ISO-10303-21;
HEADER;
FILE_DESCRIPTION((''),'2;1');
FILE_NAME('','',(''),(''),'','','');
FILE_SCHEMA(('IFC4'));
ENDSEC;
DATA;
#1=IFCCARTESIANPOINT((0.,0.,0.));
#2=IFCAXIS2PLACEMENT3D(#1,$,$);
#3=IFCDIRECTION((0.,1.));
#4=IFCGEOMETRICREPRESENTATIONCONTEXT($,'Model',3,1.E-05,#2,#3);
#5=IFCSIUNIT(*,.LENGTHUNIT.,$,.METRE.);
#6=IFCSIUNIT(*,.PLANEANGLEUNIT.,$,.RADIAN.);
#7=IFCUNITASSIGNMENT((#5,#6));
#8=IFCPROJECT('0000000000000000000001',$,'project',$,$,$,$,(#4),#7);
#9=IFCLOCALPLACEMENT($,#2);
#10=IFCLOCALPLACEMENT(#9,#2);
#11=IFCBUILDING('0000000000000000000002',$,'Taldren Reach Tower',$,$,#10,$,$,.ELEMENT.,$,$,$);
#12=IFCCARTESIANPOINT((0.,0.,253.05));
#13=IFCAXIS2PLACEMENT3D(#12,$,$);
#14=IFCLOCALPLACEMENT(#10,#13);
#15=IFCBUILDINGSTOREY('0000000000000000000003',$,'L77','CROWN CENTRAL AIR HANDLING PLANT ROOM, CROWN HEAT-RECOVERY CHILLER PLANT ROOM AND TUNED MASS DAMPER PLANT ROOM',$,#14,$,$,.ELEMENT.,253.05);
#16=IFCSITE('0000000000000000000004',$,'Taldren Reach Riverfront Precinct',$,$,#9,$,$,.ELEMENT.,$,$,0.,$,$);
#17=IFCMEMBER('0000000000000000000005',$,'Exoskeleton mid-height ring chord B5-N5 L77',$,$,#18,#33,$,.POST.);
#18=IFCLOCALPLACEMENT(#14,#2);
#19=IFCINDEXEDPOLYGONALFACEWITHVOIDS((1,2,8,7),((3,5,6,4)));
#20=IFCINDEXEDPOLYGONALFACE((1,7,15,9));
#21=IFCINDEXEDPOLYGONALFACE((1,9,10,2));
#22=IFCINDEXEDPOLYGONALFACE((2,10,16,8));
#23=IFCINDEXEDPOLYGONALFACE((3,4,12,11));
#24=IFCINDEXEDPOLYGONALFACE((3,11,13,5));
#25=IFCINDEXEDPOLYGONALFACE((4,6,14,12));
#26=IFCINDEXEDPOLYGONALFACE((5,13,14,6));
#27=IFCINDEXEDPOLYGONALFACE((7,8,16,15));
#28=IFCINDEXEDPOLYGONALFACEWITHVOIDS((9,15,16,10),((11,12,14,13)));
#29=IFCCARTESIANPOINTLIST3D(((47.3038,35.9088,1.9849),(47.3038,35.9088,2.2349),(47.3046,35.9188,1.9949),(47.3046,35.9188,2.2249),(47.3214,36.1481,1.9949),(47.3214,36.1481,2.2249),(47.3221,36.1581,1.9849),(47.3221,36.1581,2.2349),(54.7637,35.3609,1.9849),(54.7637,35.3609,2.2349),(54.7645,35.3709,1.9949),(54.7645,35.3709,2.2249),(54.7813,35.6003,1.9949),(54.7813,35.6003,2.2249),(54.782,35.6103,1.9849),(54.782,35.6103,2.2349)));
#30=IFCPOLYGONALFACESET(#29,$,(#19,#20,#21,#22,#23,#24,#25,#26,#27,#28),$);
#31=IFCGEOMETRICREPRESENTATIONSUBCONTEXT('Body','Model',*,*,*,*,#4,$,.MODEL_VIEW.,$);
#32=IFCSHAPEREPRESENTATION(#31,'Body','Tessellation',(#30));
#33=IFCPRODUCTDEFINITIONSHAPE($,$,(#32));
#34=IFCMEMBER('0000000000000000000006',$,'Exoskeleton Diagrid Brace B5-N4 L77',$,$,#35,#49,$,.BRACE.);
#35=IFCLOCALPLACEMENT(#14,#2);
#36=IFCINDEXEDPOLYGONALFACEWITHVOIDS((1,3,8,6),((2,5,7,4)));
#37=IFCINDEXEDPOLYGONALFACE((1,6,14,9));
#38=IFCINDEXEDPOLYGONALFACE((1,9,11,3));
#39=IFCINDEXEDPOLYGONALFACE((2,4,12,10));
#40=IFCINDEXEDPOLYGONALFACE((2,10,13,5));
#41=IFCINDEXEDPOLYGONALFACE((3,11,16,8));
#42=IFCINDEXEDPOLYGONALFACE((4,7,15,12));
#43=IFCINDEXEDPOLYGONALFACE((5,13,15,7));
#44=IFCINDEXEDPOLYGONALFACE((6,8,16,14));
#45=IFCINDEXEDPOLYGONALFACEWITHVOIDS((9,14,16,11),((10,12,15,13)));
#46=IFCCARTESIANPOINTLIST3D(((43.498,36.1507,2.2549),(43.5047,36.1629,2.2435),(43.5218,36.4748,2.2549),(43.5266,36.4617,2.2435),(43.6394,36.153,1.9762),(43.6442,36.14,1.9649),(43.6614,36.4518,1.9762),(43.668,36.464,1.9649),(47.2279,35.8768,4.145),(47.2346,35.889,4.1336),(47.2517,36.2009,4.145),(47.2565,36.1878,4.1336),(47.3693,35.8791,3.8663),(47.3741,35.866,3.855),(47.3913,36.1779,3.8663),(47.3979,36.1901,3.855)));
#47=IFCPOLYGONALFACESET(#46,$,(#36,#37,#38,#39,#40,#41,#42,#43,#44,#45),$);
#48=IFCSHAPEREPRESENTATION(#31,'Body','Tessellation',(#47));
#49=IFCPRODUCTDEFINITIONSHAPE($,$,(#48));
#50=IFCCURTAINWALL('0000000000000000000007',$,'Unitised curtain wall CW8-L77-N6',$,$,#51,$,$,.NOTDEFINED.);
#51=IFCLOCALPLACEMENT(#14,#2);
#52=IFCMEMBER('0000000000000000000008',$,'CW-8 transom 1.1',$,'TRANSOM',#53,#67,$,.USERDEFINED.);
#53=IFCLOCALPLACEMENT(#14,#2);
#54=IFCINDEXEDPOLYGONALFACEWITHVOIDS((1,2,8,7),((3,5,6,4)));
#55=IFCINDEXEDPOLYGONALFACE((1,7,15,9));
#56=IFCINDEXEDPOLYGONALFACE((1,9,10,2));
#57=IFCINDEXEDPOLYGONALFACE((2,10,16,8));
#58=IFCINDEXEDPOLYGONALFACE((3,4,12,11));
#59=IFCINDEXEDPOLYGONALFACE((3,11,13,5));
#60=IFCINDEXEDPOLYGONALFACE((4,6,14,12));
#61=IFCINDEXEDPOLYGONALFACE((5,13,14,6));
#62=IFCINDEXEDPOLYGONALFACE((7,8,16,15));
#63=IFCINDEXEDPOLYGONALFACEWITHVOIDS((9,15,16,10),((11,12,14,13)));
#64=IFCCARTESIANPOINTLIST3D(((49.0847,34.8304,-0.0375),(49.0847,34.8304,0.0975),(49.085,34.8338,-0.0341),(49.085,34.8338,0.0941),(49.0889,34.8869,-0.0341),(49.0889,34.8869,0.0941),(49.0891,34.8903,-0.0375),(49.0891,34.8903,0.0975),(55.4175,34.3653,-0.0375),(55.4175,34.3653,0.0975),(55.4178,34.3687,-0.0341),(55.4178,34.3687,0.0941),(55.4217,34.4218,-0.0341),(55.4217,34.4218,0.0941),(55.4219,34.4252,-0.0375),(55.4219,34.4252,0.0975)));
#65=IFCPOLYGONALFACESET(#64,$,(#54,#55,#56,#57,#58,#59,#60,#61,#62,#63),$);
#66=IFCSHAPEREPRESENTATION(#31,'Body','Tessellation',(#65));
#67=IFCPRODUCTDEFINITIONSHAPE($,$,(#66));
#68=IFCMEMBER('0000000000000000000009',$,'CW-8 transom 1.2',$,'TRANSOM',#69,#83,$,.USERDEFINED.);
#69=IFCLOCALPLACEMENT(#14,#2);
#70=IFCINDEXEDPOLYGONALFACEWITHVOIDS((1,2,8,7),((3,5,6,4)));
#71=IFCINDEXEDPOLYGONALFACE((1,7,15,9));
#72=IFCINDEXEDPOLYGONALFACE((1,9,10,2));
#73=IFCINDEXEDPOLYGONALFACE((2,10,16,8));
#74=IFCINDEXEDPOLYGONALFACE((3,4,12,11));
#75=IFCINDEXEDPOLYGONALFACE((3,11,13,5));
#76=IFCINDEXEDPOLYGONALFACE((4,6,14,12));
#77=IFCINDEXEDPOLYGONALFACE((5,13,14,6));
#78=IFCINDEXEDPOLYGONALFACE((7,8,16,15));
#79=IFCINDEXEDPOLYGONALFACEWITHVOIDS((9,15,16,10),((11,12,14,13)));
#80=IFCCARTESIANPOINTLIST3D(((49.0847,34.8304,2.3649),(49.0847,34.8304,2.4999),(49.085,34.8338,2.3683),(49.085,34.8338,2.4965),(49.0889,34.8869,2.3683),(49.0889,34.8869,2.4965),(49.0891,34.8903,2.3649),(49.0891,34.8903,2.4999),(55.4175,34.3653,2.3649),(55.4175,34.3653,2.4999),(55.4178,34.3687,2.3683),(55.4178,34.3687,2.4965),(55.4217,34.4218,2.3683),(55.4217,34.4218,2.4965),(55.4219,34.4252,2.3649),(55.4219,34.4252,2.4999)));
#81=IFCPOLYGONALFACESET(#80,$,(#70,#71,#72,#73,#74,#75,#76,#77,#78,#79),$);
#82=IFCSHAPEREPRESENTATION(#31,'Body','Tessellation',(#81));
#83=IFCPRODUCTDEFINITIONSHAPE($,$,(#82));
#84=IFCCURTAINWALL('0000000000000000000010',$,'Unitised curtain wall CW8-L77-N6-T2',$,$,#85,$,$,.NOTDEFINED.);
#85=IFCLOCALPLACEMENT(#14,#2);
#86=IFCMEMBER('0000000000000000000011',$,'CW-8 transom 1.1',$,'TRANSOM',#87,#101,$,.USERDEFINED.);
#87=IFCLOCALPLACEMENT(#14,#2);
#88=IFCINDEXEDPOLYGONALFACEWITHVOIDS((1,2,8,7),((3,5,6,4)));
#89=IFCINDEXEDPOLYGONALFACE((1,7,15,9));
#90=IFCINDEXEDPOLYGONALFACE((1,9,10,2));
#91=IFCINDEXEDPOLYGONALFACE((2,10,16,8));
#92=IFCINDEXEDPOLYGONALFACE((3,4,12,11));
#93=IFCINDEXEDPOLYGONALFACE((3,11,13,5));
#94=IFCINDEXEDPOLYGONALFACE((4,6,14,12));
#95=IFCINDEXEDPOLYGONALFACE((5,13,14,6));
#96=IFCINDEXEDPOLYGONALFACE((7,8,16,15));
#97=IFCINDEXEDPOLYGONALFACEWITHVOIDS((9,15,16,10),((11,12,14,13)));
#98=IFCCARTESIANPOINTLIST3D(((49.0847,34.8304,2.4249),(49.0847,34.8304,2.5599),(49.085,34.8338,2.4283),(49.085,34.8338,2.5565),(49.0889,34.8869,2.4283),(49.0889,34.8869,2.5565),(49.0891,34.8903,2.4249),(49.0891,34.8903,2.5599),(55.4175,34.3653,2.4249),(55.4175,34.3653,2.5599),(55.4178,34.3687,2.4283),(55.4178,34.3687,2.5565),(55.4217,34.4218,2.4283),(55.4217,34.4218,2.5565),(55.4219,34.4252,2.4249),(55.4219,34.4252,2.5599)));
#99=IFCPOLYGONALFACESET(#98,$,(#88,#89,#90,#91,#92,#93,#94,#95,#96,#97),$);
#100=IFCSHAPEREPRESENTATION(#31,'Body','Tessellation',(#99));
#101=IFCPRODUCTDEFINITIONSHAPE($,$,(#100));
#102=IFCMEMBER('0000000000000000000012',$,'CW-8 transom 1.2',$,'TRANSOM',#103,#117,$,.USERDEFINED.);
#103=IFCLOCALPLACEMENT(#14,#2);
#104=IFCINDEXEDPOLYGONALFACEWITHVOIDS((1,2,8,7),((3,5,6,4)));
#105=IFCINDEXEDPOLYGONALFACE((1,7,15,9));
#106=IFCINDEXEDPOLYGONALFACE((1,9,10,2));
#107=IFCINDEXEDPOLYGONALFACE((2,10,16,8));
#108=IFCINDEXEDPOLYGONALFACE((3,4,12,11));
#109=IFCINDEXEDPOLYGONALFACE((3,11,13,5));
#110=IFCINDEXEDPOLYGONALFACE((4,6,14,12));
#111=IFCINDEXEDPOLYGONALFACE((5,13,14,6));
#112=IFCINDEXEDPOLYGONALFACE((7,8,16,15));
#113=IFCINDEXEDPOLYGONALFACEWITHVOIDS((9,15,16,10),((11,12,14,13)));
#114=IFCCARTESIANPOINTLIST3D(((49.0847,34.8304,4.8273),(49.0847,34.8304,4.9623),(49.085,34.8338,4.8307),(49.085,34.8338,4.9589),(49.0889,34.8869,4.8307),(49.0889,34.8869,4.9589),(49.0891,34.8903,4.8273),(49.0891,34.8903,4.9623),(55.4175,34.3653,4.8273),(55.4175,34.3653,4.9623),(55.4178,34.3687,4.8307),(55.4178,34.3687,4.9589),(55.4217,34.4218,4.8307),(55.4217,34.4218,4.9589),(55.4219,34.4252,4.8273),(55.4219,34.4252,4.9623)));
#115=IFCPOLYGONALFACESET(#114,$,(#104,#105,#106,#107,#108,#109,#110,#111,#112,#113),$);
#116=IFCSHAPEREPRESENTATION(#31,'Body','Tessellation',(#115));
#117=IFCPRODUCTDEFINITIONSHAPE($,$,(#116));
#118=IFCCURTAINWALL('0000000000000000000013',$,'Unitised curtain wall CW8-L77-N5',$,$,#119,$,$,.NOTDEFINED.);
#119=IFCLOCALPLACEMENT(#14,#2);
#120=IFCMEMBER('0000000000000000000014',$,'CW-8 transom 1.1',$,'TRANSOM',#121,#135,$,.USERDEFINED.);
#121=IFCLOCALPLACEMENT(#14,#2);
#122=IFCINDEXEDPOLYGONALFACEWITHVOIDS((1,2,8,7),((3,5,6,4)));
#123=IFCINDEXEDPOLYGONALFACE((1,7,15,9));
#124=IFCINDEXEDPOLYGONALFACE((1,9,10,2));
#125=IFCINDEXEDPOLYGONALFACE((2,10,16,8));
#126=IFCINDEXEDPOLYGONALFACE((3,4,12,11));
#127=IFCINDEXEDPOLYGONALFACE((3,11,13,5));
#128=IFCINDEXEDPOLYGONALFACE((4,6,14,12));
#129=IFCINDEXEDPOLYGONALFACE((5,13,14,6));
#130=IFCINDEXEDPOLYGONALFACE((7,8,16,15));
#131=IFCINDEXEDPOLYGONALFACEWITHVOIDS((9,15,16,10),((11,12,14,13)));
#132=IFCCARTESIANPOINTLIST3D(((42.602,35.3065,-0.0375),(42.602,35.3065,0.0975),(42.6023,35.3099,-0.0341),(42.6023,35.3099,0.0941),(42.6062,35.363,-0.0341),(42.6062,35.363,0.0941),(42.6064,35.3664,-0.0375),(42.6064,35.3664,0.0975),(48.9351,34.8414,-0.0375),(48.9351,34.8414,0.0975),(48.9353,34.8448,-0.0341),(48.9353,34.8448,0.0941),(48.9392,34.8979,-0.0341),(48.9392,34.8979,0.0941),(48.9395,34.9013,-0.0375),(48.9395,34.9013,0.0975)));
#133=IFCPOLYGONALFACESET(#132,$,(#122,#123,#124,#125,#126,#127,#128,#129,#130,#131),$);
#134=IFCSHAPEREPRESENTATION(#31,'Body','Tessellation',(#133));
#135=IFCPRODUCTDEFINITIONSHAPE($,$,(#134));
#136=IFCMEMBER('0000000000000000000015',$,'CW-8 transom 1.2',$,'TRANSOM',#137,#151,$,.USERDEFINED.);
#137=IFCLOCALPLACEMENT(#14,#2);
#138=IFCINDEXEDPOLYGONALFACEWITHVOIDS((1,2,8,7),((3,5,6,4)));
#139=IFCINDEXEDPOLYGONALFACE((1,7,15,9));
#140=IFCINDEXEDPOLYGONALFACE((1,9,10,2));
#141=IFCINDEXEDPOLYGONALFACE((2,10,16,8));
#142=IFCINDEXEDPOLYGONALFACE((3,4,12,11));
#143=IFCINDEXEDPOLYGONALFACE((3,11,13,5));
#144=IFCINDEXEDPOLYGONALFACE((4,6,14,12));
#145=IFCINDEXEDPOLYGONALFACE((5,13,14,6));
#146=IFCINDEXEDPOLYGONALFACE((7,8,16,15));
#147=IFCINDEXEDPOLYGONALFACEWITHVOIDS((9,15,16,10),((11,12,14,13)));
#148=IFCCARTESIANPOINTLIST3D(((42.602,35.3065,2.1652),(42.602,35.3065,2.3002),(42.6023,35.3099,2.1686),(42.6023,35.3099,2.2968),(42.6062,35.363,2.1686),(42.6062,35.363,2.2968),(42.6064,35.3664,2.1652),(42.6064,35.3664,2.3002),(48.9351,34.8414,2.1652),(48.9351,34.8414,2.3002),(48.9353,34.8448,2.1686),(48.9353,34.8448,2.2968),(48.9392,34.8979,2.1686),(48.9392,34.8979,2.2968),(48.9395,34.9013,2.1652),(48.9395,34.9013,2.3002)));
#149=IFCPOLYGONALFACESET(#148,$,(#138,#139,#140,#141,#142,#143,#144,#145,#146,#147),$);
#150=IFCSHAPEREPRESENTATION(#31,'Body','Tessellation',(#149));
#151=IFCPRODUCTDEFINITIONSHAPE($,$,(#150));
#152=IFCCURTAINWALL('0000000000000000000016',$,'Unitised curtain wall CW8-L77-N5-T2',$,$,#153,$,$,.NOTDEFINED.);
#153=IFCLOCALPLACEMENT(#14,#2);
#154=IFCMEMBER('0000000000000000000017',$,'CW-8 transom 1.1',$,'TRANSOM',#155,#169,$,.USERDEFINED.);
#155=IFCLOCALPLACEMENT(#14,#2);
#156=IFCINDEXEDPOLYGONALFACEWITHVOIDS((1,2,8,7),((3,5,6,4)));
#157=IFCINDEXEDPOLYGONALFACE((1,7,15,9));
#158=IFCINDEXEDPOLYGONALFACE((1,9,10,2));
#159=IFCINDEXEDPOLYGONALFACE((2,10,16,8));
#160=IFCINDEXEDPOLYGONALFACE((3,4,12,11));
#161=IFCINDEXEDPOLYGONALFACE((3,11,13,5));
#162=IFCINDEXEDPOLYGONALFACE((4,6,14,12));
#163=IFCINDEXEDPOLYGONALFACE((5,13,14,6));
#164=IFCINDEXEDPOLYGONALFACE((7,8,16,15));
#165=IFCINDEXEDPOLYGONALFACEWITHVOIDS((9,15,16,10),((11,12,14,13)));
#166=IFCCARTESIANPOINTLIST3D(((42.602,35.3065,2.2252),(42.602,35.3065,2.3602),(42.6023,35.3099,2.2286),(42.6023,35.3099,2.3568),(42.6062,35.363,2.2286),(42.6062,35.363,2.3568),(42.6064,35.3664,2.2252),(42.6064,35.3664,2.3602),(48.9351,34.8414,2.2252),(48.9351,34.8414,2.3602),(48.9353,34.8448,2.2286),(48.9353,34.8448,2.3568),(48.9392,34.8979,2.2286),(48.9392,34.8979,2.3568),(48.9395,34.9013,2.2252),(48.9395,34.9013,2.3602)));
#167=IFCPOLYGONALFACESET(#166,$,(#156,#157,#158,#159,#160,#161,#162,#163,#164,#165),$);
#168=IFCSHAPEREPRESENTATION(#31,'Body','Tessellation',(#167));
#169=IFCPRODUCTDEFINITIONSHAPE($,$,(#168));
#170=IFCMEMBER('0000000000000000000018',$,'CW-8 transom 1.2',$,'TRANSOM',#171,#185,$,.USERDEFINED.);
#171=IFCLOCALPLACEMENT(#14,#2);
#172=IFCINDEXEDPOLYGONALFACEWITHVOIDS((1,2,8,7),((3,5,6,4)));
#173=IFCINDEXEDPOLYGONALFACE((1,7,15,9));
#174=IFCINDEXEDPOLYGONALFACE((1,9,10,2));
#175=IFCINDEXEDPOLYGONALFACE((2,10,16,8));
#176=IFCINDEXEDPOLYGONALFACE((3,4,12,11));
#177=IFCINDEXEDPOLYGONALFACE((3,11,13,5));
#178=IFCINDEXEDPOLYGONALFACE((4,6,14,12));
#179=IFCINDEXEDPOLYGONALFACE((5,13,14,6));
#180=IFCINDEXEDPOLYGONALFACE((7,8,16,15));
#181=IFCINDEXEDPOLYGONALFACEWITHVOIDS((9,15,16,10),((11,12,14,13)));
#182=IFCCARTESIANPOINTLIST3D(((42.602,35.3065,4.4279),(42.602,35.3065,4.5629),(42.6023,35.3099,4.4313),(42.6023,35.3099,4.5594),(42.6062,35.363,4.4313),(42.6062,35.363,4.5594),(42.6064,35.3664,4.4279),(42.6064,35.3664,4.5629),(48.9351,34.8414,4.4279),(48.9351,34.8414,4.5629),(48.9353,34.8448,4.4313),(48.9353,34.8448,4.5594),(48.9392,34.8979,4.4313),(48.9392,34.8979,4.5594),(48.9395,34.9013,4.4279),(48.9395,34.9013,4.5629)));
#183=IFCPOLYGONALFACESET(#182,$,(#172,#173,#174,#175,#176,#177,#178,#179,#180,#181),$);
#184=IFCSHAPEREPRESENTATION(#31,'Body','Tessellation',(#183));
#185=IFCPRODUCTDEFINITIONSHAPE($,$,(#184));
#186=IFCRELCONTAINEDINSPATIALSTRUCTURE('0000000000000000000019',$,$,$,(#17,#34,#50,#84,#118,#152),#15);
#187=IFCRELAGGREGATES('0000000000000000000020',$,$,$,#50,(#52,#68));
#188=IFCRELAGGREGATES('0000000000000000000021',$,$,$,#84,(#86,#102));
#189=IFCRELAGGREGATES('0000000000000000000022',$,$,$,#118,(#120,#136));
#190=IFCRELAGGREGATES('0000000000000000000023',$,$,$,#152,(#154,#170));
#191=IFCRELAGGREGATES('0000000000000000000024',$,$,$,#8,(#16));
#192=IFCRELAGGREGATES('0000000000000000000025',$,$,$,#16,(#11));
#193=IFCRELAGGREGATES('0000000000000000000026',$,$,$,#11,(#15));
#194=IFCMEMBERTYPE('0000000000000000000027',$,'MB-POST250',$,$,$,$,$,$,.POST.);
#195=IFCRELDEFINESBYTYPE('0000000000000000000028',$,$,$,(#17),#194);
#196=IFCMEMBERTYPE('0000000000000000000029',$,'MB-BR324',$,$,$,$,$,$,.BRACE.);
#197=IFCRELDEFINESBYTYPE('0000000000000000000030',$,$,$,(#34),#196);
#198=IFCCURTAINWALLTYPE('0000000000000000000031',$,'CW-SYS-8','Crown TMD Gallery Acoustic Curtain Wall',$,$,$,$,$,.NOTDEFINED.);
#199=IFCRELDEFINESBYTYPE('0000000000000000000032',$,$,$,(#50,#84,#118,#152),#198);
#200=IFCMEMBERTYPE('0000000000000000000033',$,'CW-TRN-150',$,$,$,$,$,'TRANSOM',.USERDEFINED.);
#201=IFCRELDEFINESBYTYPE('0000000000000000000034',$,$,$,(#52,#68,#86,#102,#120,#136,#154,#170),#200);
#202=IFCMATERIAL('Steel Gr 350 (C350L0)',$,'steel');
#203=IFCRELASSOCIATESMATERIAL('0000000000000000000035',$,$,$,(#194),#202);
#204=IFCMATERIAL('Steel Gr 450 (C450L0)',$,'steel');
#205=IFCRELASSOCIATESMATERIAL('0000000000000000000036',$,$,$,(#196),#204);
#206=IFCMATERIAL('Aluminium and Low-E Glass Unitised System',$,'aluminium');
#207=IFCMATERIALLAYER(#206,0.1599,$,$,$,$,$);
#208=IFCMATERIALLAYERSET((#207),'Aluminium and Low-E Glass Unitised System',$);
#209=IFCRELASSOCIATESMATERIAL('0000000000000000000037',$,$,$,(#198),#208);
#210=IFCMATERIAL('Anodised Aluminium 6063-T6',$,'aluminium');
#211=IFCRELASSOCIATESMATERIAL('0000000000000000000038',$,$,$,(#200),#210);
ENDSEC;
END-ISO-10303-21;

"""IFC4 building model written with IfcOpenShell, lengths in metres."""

from ifc_helpers import new_model, si_unit, direction, frame, origin, origin_2d, place, context, subcontext, project, spatial, hollow_rectangle, extrude, source, transform, mapped, material, layer, layer_set, material_profile, profile_set, type_object, element, aggregate, save


model = new_model("IFC4")

# Units and contexts
model_context = context("Model", 3, precision=1e-05, world=origin(), true_north=direction((0.0, 1.0)))
body_context = subcontext(model_context, "Body", "Model", "MODEL_VIEW")
ifc_project = project(units=[si_unit("LENGTHUNIT", "METRE"), si_unit("PLANEANGLEUNIT", "RADIAN")], contexts=[model_context])

# Site, building, storey
site_placement = place(None, origin())
site = spatial("IfcSite", under=ifc_project, at=site_placement, Name="Taldren Reach Riverfront Precinct", CompositionType="ELEMENT", RefElevation=0.0)
building_placement = place(site_placement, origin())
building = spatial("IfcBuilding", under=site, at=building_placement, Name="Taldren Reach Tower", CompositionType="ELEMENT")
storey_placement = place(building_placement, frame((0.0, 0.0, 253.05)))
storey = spatial("IfcBuildingStorey", under=building, at=storey_placement, Name="L77", Description="CROWN CENTRAL AIR HANDLING PLANT ROOM, CROWN HEAT-RECOVERY CHILLER PLANT ROOM AND TUNED MASS DAMPER PLANT ROOM", CompositionType="ELEMENT", Elevation=253.05)

# Members
ifc_material_1 = material(Name="Steel Gr 350 (C350L0)", Category="steel")
ifc_material_profile_1 = material_profile(ifc_material_1, hollow_rectangle(XDim=0.25, YDim=0.25, WallThickness=0.01, at=origin_2d()), Name="250x250x10.0SHS")
ifc_profile_set_1 = profile_set([ifc_material_profile_1], Name="Steel Gr 350 (C350L0)")
member_type_1 = type_object("IfcMemberType", Name="MB-POST250", PredefinedType="POST", material=ifc_profile_set_1)
shared_shape_1 = source(origin(), body_context, "Body", "SweptSolid", [
    extrude(hollow_rectangle(XDim=0.25, YDim=0.25, WallThickness=0.01, at=origin_2d()), origin(), (0.0, 0.0, 1.0), 7.48),
])
member_1_placement = place(storey_placement, frame((47.313, 36.0334, 2.1099), z_axis=(0.997314, -0.073242, 0.0), x_axis=(0.073242, 0.997314, 0.0)))
element("IfcMember", 1, at=member_1_placement, inside=storey, type_object=member_type_1, Name="Exoskeleton mid-height ring chord B5-N5 L77", PredefinedType="POST", context=body_context, shape_type="MappedRepresentation", body=[
    mapped(shared_shape_1, transform((0.0, 0.0, 0.0), scale=1.0)),
])
ifc_material_2 = material(Name="Steel Gr 450 (C450L0)", Category="steel")
ifc_material_profile_2 = material_profile(ifc_material_2, hollow_rectangle(XDim=0.325, YDim=0.325, WallThickness=0.0127, at=origin_2d()), Name="325x325x12.7SHS")
ifc_profile_set_2 = profile_set([ifc_material_profile_2], Name="Steel Gr 450 (C450L0)")
member_type_2 = type_object("IfcMemberType", Name="MB-BR324", PredefinedType="BRACE", material=ifc_profile_set_2)
shared_shape_2 = source(origin(), body_context, "Body", "SweptSolid", [
    extrude(hollow_rectangle(XDim=0.325, YDim=0.325, WallThickness=0.0127, at=origin_2d()), origin(), (0.0, 0.0, 1.0), 4.1904),
])
member_2_placement = place(storey_placement, frame((43.583, 36.3074, 2.1099), z_axis=(0.890101, -0.065368, 0.451051), x_axis=(0.073242, 0.997314, 0.0)))
element("IfcMember", 2, at=member_2_placement, inside=storey, type_object=member_type_2, Name="Exoskeleton Diagrid Brace B5-N4 L77", PredefinedType="BRACE", context=body_context, shape_type="MappedRepresentation", body=[
    mapped(shared_shape_2, transform((0.0, 0.0, 0.0), scale=1.0)),
])

# Curtain walls, members
ifc_material_3 = material(Name="Aluminium and Low-E Glass Unitised System", Category="aluminium")
ifc_layer_1 = layer(ifc_material_3, 0.1599)
ifc_layer_set_1 = layer_set([ifc_layer_1], Name="Aluminium and Low-E Glass Unitised System")
curtain_wall_type = type_object("IfcCurtainWallType", Name="CW-SYS-8", Description="Crown TMD Gallery Acoustic Curtain Wall", PredefinedType="NOTDEFINED", material=ifc_layer_set_1)
curtain_wall_1_placement = place(storey_placement, origin())
curtain_wall_1 = element("IfcCurtainWall", 3, at=curtain_wall_1_placement, inside=storey, type_object=curtain_wall_type, Name="Unitised curtain wall CW8-L77-N6", PredefinedType="NOTDEFINED")
ifc_material_4 = material(Name="Anodised Aluminium 6063-T6", Category="aluminium")
ifc_material_profile_3 = material_profile(ifc_material_4, hollow_rectangle(XDim=0.0601, YDim=0.135, WallThickness=0.0034, at=origin_2d()), Name="ALU-135x60x3.5RHS")
ifc_profile_set_3 = profile_set([ifc_material_profile_3], Name="Anodised Aluminium 6063-T6")
member_type_3 = type_object("IfcMemberType", Name="CW-TRN-150", ElementType="TRANSOM", PredefinedType="USERDEFINED", material=ifc_profile_set_3)
shared_shape_3 = source(origin(), body_context, "Body", "SweptSolid", [
    extrude(hollow_rectangle(XDim=0.0601, YDim=0.135, WallThickness=0.0034, at=origin_2d()), origin(), (0.0, 0.0, 1.0), 6.3499),
])
member_3_placement = place(storey_placement, frame((49.0869, 34.8604, 0.03), z_axis=(0.997314, -0.073244, 0.0), x_axis=(0.073244, 0.997314, 0.0)))
member_3 = element("IfcMember", 4, at=member_3_placement, type_object=member_type_3, Name="CW-8 transom 1.1", ObjectType="TRANSOM", PredefinedType="USERDEFINED", context=body_context, shape_type="MappedRepresentation", body=[
    mapped(shared_shape_3, transform((0.0, 0.0, 0.0), scale=1.0)),
])
member_4_placement = place(storey_placement, frame((49.0869, 34.8604, 2.4324), z_axis=(0.997314, -0.073244, 0.0), x_axis=(0.073244, 0.997314, 0.0)))
member_4 = element("IfcMember", 5, at=member_4_placement, type_object=member_type_3, Name="CW-8 transom 1.2", ObjectType="TRANSOM", PredefinedType="USERDEFINED", context=body_context, shape_type="MappedRepresentation", body=[
    mapped(shared_shape_3, transform((0.0, 0.0, 0.0), scale=1.0)),
])
curtain_wall_2_placement = place(storey_placement, origin())
curtain_wall_2 = element("IfcCurtainWall", 6, at=curtain_wall_2_placement, inside=storey, type_object=curtain_wall_type, Name="Unitised curtain wall CW8-L77-N6-T2", PredefinedType="NOTDEFINED")
member_5_placement = place(storey_placement, frame((49.0869, 34.8604, 2.4924), z_axis=(0.997314, -0.073244, 0.0), x_axis=(0.073244, 0.997314, 0.0)))
member_5 = element("IfcMember", 7, at=member_5_placement, type_object=member_type_3, Name="CW-8 transom 1.1", ObjectType="TRANSOM", PredefinedType="USERDEFINED", context=body_context, shape_type="MappedRepresentation", body=[
    mapped(shared_shape_3, transform((0.0, 0.0, 0.0), scale=1.0)),
])
member_6_placement = place(storey_placement, frame((49.0869, 34.8604, 4.8948), z_axis=(0.997314, -0.073244, 0.0), x_axis=(0.073244, 0.997314, 0.0)))
member_6 = element("IfcMember", 8, at=member_6_placement, type_object=member_type_3, Name="CW-8 transom 1.2", ObjectType="TRANSOM", PredefinedType="USERDEFINED", context=body_context, shape_type="MappedRepresentation", body=[
    mapped(shared_shape_3, transform((0.0, 0.0, 0.0), scale=1.0)),
])
curtain_wall_3_placement = place(storey_placement, origin())
curtain_wall_3 = element("IfcCurtainWall", 9, at=curtain_wall_3_placement, inside=storey, type_object=curtain_wall_type, Name="Unitised curtain wall CW8-L77-N5", PredefinedType="NOTDEFINED")
shared_shape_4 = source(origin(), body_context, "Body", "SweptSolid", [
    extrude(hollow_rectangle(XDim=0.0601, YDim=0.135, WallThickness=0.0034, at=origin_2d()), origin(), (0.0, 0.0, 1.0), 6.3501),
])
member_7_placement = place(storey_placement, frame((42.6042, 35.3364, 0.03), z_axis=(0.997314, -0.073241, 0.0), x_axis=(0.073241, 0.997314, 0.0)))
member_7 = element("IfcMember", 10, at=member_7_placement, type_object=member_type_3, Name="CW-8 transom 1.1", ObjectType="TRANSOM", PredefinedType="USERDEFINED", context=body_context, shape_type="MappedRepresentation", body=[
    mapped(shared_shape_4, transform((0.0, 0.0, 0.0), scale=1.0)),
])
member_8_placement = place(storey_placement, frame((42.6042, 35.3364, 2.2327), z_axis=(0.997314, -0.073241, 0.0), x_axis=(0.073241, 0.997314, 0.0)))
member_8 = element("IfcMember", 11, at=member_8_placement, type_object=member_type_3, Name="CW-8 transom 1.2", ObjectType="TRANSOM", PredefinedType="USERDEFINED", context=body_context, shape_type="MappedRepresentation", body=[
    mapped(shared_shape_4, transform((0.0, 0.0, 0.0), scale=1.0)),
])
curtain_wall_4_placement = place(storey_placement, origin())
curtain_wall_4 = element("IfcCurtainWall", 12, at=curtain_wall_4_placement, inside=storey, type_object=curtain_wall_type, Name="Unitised curtain wall CW8-L77-N5-T2", PredefinedType="NOTDEFINED")
member_9_placement = place(storey_placement, frame((42.6042, 35.3364, 2.2927), z_axis=(0.997314, -0.073241, 0.0), x_axis=(0.073241, 0.997314, 0.0)))
member_9 = element("IfcMember", 13, at=member_9_placement, type_object=member_type_3, Name="CW-8 transom 1.1", ObjectType="TRANSOM", PredefinedType="USERDEFINED", context=body_context, shape_type="MappedRepresentation", body=[
    mapped(shared_shape_4, transform((0.0, 0.0, 0.0), scale=1.0)),
])
member_10_placement = place(storey_placement, frame((42.6042, 35.3364, 4.4954), z_axis=(0.997314, -0.073241, 0.0), x_axis=(0.073241, 0.997314, 0.0)))
member_10 = element("IfcMember", 14, at=member_10_placement, type_object=member_type_3, Name="CW-8 transom 1.2", ObjectType="TRANSOM", PredefinedType="USERDEFINED", context=body_context, shape_type="MappedRepresentation", body=[
    mapped(shared_shape_4, transform((0.0, 0.0, 0.0), scale=1.0)),
])

aggregate(curtain_wall_1, [member_3, member_4])
aggregate(curtain_wall_2, [member_5, member_6])

aggregate(curtain_wall_3, [member_7, member_8])
aggregate(curtain_wall_4, [member_9, member_10])

save(model, "model.ifc")
